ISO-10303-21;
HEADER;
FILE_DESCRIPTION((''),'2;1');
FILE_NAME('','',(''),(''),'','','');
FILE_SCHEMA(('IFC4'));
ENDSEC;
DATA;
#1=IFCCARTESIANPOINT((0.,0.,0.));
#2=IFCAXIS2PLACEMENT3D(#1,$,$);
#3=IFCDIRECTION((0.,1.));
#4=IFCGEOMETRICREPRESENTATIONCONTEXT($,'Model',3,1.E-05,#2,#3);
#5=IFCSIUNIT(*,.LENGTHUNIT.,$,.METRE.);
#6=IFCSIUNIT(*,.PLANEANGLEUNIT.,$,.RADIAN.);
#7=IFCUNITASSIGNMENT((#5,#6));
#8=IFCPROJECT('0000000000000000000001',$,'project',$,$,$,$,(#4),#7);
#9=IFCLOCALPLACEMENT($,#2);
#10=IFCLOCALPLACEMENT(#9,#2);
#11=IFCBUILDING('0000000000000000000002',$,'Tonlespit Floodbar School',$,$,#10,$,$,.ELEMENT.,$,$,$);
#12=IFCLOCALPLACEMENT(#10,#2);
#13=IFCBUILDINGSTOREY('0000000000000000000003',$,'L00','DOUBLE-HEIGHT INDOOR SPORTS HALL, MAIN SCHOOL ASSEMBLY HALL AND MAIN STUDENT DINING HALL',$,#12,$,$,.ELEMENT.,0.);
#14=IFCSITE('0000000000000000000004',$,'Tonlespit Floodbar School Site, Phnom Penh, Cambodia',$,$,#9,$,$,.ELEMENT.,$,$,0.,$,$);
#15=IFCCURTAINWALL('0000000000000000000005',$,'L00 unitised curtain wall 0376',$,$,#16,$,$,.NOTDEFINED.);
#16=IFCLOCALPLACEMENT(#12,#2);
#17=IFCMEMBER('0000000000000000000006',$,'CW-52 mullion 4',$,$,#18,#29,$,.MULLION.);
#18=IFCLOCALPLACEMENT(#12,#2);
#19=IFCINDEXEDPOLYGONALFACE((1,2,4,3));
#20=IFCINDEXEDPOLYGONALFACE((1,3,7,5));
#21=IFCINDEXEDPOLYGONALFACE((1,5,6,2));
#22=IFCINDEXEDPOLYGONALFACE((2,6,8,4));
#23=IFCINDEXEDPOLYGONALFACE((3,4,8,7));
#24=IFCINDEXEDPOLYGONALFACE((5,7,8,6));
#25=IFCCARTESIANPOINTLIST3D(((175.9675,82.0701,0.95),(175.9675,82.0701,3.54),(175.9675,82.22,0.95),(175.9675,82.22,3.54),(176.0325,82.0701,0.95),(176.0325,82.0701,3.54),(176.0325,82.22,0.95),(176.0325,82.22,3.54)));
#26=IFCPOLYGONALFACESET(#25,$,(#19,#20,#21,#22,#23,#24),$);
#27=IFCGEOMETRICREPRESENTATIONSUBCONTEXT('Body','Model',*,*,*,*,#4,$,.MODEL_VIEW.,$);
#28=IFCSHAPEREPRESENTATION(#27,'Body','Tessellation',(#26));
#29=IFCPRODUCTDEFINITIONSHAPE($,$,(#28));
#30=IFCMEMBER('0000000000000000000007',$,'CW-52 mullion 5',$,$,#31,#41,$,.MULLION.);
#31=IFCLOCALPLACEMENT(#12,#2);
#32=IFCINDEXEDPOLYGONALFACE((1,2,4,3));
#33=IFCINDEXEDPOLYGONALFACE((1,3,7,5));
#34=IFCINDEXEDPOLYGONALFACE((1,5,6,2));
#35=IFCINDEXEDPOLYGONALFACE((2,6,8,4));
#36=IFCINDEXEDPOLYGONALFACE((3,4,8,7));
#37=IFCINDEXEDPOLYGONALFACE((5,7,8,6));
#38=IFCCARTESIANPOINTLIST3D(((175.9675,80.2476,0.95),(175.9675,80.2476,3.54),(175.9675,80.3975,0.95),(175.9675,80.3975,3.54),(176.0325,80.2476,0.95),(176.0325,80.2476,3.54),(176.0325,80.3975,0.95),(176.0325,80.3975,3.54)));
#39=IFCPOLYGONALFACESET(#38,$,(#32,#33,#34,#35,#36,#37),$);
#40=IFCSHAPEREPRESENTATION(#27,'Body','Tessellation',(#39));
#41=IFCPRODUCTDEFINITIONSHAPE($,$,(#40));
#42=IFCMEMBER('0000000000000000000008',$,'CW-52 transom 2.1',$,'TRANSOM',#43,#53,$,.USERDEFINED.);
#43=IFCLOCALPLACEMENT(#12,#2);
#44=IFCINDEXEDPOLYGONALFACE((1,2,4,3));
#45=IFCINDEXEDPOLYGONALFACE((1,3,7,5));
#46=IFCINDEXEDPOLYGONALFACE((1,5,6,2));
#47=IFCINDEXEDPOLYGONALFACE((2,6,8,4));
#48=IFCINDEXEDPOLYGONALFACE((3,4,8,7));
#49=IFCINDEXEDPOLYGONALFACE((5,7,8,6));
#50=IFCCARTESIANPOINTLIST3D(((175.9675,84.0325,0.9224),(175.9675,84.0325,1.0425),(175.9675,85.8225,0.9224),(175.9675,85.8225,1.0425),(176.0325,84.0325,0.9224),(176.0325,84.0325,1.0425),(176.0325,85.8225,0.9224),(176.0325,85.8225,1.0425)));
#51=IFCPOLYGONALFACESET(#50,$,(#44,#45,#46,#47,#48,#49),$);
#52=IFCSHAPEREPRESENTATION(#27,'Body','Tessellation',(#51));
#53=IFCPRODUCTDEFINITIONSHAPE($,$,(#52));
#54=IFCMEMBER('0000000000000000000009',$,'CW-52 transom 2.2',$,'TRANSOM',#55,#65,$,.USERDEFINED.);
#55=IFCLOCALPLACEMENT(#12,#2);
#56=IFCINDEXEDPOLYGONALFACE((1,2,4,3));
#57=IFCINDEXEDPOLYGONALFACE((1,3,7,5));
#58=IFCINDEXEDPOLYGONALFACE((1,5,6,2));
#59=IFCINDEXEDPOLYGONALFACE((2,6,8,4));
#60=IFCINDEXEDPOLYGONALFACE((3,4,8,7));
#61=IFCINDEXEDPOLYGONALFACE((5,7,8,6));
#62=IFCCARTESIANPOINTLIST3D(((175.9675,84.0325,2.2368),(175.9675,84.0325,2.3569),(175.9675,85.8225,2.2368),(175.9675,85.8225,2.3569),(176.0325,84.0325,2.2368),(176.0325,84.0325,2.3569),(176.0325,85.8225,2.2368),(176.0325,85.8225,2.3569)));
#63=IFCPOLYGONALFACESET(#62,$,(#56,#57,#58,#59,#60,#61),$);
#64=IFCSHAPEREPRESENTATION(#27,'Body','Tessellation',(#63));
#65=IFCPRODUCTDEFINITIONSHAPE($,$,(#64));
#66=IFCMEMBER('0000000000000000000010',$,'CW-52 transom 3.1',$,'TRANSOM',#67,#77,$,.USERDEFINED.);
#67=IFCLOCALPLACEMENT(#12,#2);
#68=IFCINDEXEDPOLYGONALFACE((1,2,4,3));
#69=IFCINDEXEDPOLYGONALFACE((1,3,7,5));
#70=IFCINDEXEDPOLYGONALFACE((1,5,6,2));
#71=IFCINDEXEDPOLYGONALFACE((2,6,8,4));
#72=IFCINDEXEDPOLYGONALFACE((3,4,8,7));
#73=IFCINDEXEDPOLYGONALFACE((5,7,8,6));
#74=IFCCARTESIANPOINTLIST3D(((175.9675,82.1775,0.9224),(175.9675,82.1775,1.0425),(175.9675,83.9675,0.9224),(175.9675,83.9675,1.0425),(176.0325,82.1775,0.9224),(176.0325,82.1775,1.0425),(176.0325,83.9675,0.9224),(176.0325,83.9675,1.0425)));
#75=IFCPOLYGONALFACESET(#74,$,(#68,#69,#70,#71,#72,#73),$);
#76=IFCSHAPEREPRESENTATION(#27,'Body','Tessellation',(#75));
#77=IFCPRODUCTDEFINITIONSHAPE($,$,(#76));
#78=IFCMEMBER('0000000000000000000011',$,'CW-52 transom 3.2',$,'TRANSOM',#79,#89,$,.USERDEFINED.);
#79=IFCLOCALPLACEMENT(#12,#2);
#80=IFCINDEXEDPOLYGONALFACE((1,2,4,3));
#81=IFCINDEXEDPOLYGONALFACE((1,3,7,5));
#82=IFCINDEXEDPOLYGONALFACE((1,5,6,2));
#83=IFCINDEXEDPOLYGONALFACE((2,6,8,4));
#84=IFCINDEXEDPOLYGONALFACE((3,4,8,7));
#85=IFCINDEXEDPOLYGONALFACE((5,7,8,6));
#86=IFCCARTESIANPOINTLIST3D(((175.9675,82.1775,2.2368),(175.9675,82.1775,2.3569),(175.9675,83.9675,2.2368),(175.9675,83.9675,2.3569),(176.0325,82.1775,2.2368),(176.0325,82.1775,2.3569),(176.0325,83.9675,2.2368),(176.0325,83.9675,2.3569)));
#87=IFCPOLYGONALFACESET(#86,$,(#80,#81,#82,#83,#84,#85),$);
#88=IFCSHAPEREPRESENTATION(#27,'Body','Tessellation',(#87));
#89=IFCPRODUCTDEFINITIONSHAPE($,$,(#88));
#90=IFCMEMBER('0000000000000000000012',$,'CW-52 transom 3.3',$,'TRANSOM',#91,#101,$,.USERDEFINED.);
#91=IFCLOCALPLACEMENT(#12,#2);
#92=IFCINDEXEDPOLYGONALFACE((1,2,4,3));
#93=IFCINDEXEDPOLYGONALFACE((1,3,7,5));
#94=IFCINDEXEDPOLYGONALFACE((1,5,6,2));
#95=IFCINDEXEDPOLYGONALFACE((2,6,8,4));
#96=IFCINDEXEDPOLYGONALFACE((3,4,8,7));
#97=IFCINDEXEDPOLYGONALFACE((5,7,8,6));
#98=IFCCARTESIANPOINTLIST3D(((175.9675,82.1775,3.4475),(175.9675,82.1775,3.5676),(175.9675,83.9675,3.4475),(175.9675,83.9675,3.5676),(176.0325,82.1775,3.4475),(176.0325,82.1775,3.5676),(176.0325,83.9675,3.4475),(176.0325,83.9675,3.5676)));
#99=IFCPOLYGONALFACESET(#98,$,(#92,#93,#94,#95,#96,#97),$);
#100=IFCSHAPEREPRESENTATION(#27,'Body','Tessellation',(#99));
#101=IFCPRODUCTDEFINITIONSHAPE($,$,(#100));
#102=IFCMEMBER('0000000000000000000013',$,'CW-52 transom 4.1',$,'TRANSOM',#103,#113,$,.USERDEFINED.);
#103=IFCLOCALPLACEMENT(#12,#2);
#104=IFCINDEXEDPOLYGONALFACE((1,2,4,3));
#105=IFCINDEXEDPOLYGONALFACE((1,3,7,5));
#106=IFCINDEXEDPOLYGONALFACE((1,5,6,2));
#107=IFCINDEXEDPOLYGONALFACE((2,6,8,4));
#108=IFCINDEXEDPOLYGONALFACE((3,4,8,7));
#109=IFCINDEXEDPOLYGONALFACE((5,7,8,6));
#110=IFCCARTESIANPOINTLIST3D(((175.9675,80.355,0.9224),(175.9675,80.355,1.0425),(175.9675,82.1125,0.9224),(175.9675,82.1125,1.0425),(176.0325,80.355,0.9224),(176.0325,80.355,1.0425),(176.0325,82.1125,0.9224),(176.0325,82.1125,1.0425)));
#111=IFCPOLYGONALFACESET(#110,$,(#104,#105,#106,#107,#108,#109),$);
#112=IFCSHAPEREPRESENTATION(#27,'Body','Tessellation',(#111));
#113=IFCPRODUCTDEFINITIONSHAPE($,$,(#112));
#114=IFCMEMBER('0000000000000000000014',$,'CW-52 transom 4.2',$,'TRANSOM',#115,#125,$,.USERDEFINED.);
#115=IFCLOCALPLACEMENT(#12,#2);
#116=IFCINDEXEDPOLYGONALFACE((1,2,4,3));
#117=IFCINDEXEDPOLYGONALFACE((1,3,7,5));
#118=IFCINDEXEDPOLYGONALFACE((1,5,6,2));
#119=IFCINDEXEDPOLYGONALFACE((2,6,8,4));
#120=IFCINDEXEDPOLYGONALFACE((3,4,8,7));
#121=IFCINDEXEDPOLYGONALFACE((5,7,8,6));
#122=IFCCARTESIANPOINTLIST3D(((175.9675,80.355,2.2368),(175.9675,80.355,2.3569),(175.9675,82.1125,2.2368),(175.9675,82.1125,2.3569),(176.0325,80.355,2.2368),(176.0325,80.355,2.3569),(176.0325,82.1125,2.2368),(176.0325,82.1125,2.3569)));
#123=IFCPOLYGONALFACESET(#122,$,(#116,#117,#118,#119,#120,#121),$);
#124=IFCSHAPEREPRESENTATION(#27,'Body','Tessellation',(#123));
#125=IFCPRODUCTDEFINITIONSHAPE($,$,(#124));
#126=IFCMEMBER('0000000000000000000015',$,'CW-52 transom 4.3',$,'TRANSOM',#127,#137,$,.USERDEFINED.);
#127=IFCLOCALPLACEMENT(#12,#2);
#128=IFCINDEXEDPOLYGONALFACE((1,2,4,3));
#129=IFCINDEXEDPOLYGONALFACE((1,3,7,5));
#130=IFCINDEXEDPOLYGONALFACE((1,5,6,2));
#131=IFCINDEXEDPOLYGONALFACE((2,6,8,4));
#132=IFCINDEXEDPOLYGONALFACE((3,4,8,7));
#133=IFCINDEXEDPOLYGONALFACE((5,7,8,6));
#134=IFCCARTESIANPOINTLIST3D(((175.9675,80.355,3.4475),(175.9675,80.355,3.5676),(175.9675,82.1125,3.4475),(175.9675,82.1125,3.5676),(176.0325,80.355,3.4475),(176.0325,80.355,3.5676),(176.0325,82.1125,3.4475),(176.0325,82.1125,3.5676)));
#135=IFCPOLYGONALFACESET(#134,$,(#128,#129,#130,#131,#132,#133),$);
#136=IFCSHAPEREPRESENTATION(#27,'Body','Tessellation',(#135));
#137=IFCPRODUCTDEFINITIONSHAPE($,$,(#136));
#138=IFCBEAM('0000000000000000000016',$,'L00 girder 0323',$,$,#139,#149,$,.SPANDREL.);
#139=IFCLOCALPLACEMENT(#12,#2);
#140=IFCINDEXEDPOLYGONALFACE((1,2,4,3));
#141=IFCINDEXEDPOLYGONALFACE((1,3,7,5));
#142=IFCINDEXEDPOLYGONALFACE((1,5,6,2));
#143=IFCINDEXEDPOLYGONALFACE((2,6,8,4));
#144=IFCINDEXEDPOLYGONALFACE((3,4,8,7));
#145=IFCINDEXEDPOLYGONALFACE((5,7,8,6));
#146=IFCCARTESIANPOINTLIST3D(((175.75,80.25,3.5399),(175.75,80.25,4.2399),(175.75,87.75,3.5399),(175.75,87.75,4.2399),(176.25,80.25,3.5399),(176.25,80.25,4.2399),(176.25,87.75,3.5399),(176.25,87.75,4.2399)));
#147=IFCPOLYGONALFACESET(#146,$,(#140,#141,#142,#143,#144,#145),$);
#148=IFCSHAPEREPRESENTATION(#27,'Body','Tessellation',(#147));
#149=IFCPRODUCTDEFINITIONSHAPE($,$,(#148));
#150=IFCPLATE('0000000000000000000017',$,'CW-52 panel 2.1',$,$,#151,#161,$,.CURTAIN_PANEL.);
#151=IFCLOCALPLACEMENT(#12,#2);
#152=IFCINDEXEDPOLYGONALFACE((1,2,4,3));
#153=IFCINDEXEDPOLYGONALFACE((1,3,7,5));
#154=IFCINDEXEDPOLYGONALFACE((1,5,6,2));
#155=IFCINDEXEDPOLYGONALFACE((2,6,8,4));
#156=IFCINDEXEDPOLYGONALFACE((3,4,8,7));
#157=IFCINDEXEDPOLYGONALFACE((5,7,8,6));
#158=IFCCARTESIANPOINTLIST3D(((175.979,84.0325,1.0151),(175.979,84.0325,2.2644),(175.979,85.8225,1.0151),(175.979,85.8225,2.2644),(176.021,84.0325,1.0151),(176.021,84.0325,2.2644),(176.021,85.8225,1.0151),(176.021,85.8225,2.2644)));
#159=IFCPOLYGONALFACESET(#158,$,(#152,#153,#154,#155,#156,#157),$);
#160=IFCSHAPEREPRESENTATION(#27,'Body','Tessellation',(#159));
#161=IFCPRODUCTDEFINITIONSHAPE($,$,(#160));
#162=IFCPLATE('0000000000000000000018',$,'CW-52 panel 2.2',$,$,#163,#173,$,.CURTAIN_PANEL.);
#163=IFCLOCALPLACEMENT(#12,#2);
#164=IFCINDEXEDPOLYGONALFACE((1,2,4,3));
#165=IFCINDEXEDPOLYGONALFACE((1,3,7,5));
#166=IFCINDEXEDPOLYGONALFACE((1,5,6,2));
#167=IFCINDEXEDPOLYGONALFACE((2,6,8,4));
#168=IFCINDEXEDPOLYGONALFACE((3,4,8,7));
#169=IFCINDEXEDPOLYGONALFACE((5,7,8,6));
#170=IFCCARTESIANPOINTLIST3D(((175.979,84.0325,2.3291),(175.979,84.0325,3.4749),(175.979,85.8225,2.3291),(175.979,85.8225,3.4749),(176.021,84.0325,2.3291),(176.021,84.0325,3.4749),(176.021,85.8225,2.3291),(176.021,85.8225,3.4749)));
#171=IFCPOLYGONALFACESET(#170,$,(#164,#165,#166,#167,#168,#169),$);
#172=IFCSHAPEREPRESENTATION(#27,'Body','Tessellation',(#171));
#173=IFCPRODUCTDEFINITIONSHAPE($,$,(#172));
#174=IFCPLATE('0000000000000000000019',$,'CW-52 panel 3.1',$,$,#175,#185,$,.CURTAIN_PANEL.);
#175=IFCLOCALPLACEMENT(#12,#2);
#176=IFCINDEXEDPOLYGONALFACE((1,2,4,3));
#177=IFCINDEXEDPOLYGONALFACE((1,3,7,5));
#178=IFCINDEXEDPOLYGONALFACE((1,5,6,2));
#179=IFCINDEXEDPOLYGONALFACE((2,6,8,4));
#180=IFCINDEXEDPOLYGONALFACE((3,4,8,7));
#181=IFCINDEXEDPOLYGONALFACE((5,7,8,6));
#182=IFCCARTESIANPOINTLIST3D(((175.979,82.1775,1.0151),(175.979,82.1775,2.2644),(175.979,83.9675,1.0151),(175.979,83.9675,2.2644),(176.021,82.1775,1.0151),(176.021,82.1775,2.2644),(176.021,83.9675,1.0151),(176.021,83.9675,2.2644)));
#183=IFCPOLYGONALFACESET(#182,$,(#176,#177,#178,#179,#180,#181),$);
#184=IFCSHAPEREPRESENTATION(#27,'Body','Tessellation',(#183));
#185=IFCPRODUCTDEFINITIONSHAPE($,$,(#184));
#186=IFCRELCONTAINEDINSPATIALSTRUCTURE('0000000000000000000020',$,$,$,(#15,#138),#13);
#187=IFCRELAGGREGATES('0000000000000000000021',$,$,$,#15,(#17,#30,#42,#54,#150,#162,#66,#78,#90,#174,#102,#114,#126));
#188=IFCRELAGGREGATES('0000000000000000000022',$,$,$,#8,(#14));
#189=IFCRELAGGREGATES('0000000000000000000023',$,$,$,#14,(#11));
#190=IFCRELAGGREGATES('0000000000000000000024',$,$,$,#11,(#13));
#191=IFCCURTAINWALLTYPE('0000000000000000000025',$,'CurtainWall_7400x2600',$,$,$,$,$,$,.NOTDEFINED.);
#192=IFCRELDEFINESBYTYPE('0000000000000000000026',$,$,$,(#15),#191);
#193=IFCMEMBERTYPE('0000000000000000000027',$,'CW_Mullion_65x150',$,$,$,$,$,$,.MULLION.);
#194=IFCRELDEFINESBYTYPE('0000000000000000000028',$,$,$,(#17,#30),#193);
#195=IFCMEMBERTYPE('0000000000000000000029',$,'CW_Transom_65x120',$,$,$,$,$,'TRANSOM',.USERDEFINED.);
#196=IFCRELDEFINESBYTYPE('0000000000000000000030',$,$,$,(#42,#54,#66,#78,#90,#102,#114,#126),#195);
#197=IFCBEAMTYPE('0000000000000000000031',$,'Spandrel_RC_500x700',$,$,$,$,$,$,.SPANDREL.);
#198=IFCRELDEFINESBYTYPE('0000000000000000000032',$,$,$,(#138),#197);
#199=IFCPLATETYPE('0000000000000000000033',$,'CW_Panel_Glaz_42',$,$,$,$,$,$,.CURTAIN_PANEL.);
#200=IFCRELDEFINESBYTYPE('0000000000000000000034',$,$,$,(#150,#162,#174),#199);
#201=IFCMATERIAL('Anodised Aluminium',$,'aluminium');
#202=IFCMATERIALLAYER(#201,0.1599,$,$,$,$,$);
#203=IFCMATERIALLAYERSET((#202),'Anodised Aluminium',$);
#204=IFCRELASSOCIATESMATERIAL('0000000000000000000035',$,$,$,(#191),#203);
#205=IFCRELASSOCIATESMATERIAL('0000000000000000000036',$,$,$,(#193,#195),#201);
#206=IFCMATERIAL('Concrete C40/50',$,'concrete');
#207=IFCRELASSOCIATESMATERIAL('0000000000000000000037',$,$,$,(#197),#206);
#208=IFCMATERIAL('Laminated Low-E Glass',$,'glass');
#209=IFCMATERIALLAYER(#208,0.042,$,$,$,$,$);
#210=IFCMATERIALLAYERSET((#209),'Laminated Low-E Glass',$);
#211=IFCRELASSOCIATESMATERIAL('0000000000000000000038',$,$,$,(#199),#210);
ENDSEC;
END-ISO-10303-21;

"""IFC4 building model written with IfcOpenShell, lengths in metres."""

from ifc_helpers import new_model, si_unit, direction, frame, origin, origin_2d, place, context, subcontext, project, spatial, rectangle, extrude, material, layer, layer_set, material_profile, profile_set, type_object, element, aggregate, save


model = new_model("IFC4")

# Units and contexts
model_context = context("Model", 3, precision=1e-05, world=origin(), true_north=direction((0.0, 1.0)))
body_context = subcontext(model_context, "Body", "Model", "MODEL_VIEW")
ifc_project = project(units=[si_unit("LENGTHUNIT", "METRE"), si_unit("PLANEANGLEUNIT", "RADIAN")], contexts=[model_context])

# Site, building, storey
site_placement = place(None, origin())
site = spatial("IfcSite", under=ifc_project, at=site_placement, Name="Tonlespit Floodbar School Site, Phnom Penh, Cambodia", CompositionType="ELEMENT", RefElevation=0.0)
building_placement = place(site_placement, origin())
building = spatial("IfcBuilding", under=site, at=building_placement, Name="Tonlespit Floodbar School", CompositionType="ELEMENT")
storey_placement = place(building_placement, origin())
storey = spatial("IfcBuildingStorey", under=building, at=storey_placement, Name="L00", Description="DOUBLE-HEIGHT INDOOR SPORTS HALL, MAIN SCHOOL ASSEMBLY HALL AND MAIN STUDENT DINING HALL", CompositionType="ELEMENT", Elevation=0.0)

# Shared definitions
ifc_material_1 = material(Name="Concrete C40/50", Category="concrete")

# Curtain wall, members
ifc_material_2 = material(Name="Anodised Aluminium", Category="aluminium")
ifc_layer_1 = layer(ifc_material_2, 0.1599)
ifc_layer_set_1 = layer_set([ifc_layer_1], Name="Anodised Aluminium")
curtain_wall_type = type_object("IfcCurtainWallType", Name="CurtainWall_7400x2600", PredefinedType="NOTDEFINED", material=ifc_layer_set_1)
curtain_wall_placement = place(storey_placement, origin())
curtain_wall = element("IfcCurtainWall", 1, at=curtain_wall_placement, inside=storey, type_object=curtain_wall_type, Name="L00 unitised curtain wall 0376", PredefinedType="NOTDEFINED")
ifc_material_profile_1 = material_profile(ifc_material_2, rectangle(XDim=0.0649, YDim=0.1499, at=origin_2d()), Name="ALU M65x150")
ifc_profile_set_1 = profile_set([ifc_material_profile_1], Name="Anodised Aluminium")
member_type_1 = type_object("IfcMemberType", Name="CW_Mullion_65x150", PredefinedType="MULLION", material=ifc_profile_set_1)
member_1_placement = place(storey_placement, frame((176.0, 82.145, 0.95), z_axis=(0.0, 0.0, 1.0), x_axis=(1.0, 0.0, 0.0)))
member_1 = element("IfcMember", 2, at=member_1_placement, type_object=member_type_1, Name="CW-52 mullion 4", PredefinedType="MULLION", context=body_context, shape_type="SweptSolid", body=[
    extrude(rectangle(XDim=0.0649, YDim=0.1499, at=origin_2d()), origin(), (0.0, 0.0, 1.0), 2.5901),
])
member_2_placement = place(storey_placement, frame((176.0, 80.3225, 0.95), z_axis=(0.0, 0.0, 1.0), x_axis=(1.0, 0.0, 0.0)))
member_2 = element("IfcMember", 3, at=member_2_placement, type_object=member_type_1, Name="CW-52 mullion 5", PredefinedType="MULLION", context=body_context, shape_type="SweptSolid", body=[
    extrude(rectangle(XDim=0.0649, YDim=0.1499, at=origin_2d()), origin(), (0.0, 0.0, 1.0), 2.5901),
])
ifc_material_profile_2 = material_profile(ifc_material_2, rectangle(XDim=0.0649, YDim=0.1201, at=origin_2d()), Name="ALU T65x120")
ifc_profile_set_2 = profile_set([ifc_material_profile_2], Name="Anodised Aluminium")
member_type_2 = type_object("IfcMemberType", Name="CW_Transom_65x120", ElementType="TRANSOM", PredefinedType="USERDEFINED", material=ifc_profile_set_2)
member_3_placement = place(storey_placement, frame((176.0, 85.8225, 0.9824), z_axis=(0.0, -1.0, 0.0), x_axis=(1.0, 0.0, 0.0)))
member_3 = element("IfcMember", 4, at=member_3_placement, type_object=member_type_2, Name="CW-52 transom 2.1", ObjectType="TRANSOM", PredefinedType="USERDEFINED", context=body_context, shape_type="SweptSolid", body=[
    extrude(rectangle(XDim=0.0649, YDim=0.1201, at=origin_2d()), origin(), (0.0, 0.0, 1.0), 1.79),
])
member_4_placement = place(storey_placement, frame((176.0, 85.8225, 2.2969), z_axis=(0.0, -1.0, 0.0), x_axis=(1.0, 0.0, 0.0)))
member_4 = element("IfcMember", 5, at=member_4_placement, type_object=member_type_2, Name="CW-52 transom 2.2", ObjectType="TRANSOM", PredefinedType="USERDEFINED", context=body_context, shape_type="SweptSolid", body=[
    extrude(rectangle(XDim=0.0649, YDim=0.1201, at=origin_2d()), origin(), (0.0, 0.0, 1.0), 1.79),
])
member_5_placement = place(storey_placement, frame((176.0, 83.9675, 0.9824), z_axis=(0.0, -1.0, 0.0), x_axis=(1.0, 0.0, 0.0)))
member_5 = element("IfcMember", 6, at=member_5_placement, type_object=member_type_2, Name="CW-52 transom 3.1", ObjectType="TRANSOM", PredefinedType="USERDEFINED", context=body_context, shape_type="SweptSolid", body=[
    extrude(rectangle(XDim=0.0649, YDim=0.1201, at=origin_2d()), origin(), (0.0, 0.0, 1.0), 1.79),
])
member_6_placement = place(storey_placement, frame((176.0, 83.9675, 2.2969), z_axis=(0.0, -1.0, 0.0), x_axis=(1.0, 0.0, 0.0)))
member_6 = element("IfcMember", 7, at=member_6_placement, type_object=member_type_2, Name="CW-52 transom 3.2", ObjectType="TRANSOM", PredefinedType="USERDEFINED", context=body_context, shape_type="SweptSolid", body=[
    extrude(rectangle(XDim=0.0649, YDim=0.1201, at=origin_2d()), origin(), (0.0, 0.0, 1.0), 1.79),
])
member_7_placement = place(storey_placement, frame((176.0, 83.9675, 3.5076), z_axis=(0.0, -1.0, 0.0), x_axis=(1.0, 0.0, 0.0)))
member_7 = element("IfcMember", 8, at=member_7_placement, type_object=member_type_2, Name="CW-52 transom 3.3", ObjectType="TRANSOM", PredefinedType="USERDEFINED", context=body_context, shape_type="SweptSolid", body=[
    extrude(rectangle(XDim=0.0649, YDim=0.1201, at=origin_2d()), origin(), (0.0, 0.0, 1.0), 1.79),
])
member_8_placement = place(storey_placement, frame((176.0, 82.1125, 0.9824), z_axis=(0.0, -1.0, 0.0), x_axis=(1.0, 0.0, 0.0)))
member_8 = element("IfcMember", 9, at=member_8_placement, type_object=member_type_2, Name="CW-52 transom 4.1", ObjectType="TRANSOM", PredefinedType="USERDEFINED", context=body_context, shape_type="SweptSolid", body=[
    extrude(rectangle(XDim=0.0649, YDim=0.1201, at=origin_2d()), origin(), (0.0, 0.0, 1.0), 1.7576),
])
member_9_placement = place(storey_placement, frame((176.0, 82.1125, 2.2969), z_axis=(0.0, -1.0, 0.0), x_axis=(1.0, 0.0, 0.0)))
member_9 = element("IfcMember", 10, at=member_9_placement, type_object=member_type_2, Name="CW-52 transom 4.2", ObjectType="TRANSOM", PredefinedType="USERDEFINED", context=body_context, shape_type="SweptSolid", body=[
    extrude(rectangle(XDim=0.0649, YDim=0.1201, at=origin_2d()), origin(), (0.0, 0.0, 1.0), 1.7576),
])
member_10_placement = place(storey_placement, frame((176.0, 82.1125, 3.5076), z_axis=(0.0, -1.0, 0.0), x_axis=(1.0, 0.0, 0.0)))
member_10 = element("IfcMember", 11, at=member_10_placement, type_object=member_type_2, Name="CW-52 transom 4.3", ObjectType="TRANSOM", PredefinedType="USERDEFINED", context=body_context, shape_type="SweptSolid", body=[
    extrude(rectangle(XDim=0.0649, YDim=0.1201, at=origin_2d()), origin(), (0.0, 0.0, 1.0), 1.7576),
])

# Beam
ifc_material_profile_3 = material_profile(ifc_material_1, rectangle(XDim=0.5, YDim=0.7, at=origin_2d()), Name="RC 500x700")
ifc_profile_set_3 = profile_set([ifc_material_profile_3], Name="Concrete C40/50")
beam_type_1 = type_object("IfcBeamType", Name="Spandrel_RC_500x700", PredefinedType="SPANDREL", material=ifc_profile_set_3)
beam_1_placement = place(storey_placement, frame((176.0, 80.25, 3.8899), z_axis=(0.0, 1.0, 0.0), x_axis=(-1.0, 0.0, 0.0)))
element("IfcBeam", 12, at=beam_1_placement, inside=storey, type_object=beam_type_1, Name="L00 girder 0323", PredefinedType="SPANDREL", context=body_context, shape_type="SweptSolid", body=[
    extrude(rectangle(XDim=0.5, YDim=0.7, at=origin_2d()), origin(), (0.0, 0.0, 1.0), 7.5),
])

# Plates
ifc_material_3 = material(Name="Laminated Low-E Glass", Category="glass")
ifc_layer_2 = layer(ifc_material_3, 0.042)
ifc_layer_set_2 = layer_set([ifc_layer_2], Name="Laminated Low-E Glass")
plate_type_1 = type_object("IfcPlateType", Name="CW_Panel_Glaz_42", PredefinedType="CURTAIN_PANEL", material=ifc_layer_set_2)
plate_1_placement = place(storey_placement, frame((176.0, 84.9275, 1.0151), z_axis=(0.0, 0.0, 1.0), x_axis=(0.0, -1.0, 0.0)))
plate_1 = element("IfcPlate", 13, at=plate_1_placement, type_object=plate_type_1, Name="CW-52 panel 2.1", PredefinedType="CURTAIN_PANEL", context=body_context, shape_type="SweptSolid", body=[
    extrude(rectangle(XDim=1.79, YDim=0.042, at=origin_2d()), origin(), (0.0, 0.0, 1.0), 1.2493),
])
plate_2_placement = place(storey_placement, frame((176.0, 84.9275, 2.3291), z_axis=(0.0, 0.0, 1.0), x_axis=(0.0, -1.0, 0.0)))
plate_2 = element("IfcPlate", 14, at=plate_2_placement, type_object=plate_type_1, Name="CW-52 panel 2.2", PredefinedType="CURTAIN_PANEL", context=body_context, shape_type="SweptSolid", body=[
    extrude(rectangle(XDim=1.79, YDim=0.042, at=origin_2d()), origin(), (0.0, 0.0, 1.0), 1.1458),
])
plate_3_placement = place(storey_placement, frame((176.0, 83.0725, 1.0151), z_axis=(0.0, 0.0, 1.0), x_axis=(0.0, -1.0, 0.0)))
plate_3 = element("IfcPlate", 15, at=plate_3_placement, type_object=plate_type_1, Name="CW-52 panel 3.1", PredefinedType="CURTAIN_PANEL", context=body_context, shape_type="SweptSolid", body=[
    extrude(rectangle(XDim=1.79, YDim=0.042, at=origin_2d()), origin(), (0.0, 0.0, 1.0), 1.2493),
])
aggregate(curtain_wall, [member_1, member_2, member_3, member_4, plate_1, plate_2, member_5, member_6, member_7, plate_3, member_8, member_9, member_10])

save(model, "model.ifc")
